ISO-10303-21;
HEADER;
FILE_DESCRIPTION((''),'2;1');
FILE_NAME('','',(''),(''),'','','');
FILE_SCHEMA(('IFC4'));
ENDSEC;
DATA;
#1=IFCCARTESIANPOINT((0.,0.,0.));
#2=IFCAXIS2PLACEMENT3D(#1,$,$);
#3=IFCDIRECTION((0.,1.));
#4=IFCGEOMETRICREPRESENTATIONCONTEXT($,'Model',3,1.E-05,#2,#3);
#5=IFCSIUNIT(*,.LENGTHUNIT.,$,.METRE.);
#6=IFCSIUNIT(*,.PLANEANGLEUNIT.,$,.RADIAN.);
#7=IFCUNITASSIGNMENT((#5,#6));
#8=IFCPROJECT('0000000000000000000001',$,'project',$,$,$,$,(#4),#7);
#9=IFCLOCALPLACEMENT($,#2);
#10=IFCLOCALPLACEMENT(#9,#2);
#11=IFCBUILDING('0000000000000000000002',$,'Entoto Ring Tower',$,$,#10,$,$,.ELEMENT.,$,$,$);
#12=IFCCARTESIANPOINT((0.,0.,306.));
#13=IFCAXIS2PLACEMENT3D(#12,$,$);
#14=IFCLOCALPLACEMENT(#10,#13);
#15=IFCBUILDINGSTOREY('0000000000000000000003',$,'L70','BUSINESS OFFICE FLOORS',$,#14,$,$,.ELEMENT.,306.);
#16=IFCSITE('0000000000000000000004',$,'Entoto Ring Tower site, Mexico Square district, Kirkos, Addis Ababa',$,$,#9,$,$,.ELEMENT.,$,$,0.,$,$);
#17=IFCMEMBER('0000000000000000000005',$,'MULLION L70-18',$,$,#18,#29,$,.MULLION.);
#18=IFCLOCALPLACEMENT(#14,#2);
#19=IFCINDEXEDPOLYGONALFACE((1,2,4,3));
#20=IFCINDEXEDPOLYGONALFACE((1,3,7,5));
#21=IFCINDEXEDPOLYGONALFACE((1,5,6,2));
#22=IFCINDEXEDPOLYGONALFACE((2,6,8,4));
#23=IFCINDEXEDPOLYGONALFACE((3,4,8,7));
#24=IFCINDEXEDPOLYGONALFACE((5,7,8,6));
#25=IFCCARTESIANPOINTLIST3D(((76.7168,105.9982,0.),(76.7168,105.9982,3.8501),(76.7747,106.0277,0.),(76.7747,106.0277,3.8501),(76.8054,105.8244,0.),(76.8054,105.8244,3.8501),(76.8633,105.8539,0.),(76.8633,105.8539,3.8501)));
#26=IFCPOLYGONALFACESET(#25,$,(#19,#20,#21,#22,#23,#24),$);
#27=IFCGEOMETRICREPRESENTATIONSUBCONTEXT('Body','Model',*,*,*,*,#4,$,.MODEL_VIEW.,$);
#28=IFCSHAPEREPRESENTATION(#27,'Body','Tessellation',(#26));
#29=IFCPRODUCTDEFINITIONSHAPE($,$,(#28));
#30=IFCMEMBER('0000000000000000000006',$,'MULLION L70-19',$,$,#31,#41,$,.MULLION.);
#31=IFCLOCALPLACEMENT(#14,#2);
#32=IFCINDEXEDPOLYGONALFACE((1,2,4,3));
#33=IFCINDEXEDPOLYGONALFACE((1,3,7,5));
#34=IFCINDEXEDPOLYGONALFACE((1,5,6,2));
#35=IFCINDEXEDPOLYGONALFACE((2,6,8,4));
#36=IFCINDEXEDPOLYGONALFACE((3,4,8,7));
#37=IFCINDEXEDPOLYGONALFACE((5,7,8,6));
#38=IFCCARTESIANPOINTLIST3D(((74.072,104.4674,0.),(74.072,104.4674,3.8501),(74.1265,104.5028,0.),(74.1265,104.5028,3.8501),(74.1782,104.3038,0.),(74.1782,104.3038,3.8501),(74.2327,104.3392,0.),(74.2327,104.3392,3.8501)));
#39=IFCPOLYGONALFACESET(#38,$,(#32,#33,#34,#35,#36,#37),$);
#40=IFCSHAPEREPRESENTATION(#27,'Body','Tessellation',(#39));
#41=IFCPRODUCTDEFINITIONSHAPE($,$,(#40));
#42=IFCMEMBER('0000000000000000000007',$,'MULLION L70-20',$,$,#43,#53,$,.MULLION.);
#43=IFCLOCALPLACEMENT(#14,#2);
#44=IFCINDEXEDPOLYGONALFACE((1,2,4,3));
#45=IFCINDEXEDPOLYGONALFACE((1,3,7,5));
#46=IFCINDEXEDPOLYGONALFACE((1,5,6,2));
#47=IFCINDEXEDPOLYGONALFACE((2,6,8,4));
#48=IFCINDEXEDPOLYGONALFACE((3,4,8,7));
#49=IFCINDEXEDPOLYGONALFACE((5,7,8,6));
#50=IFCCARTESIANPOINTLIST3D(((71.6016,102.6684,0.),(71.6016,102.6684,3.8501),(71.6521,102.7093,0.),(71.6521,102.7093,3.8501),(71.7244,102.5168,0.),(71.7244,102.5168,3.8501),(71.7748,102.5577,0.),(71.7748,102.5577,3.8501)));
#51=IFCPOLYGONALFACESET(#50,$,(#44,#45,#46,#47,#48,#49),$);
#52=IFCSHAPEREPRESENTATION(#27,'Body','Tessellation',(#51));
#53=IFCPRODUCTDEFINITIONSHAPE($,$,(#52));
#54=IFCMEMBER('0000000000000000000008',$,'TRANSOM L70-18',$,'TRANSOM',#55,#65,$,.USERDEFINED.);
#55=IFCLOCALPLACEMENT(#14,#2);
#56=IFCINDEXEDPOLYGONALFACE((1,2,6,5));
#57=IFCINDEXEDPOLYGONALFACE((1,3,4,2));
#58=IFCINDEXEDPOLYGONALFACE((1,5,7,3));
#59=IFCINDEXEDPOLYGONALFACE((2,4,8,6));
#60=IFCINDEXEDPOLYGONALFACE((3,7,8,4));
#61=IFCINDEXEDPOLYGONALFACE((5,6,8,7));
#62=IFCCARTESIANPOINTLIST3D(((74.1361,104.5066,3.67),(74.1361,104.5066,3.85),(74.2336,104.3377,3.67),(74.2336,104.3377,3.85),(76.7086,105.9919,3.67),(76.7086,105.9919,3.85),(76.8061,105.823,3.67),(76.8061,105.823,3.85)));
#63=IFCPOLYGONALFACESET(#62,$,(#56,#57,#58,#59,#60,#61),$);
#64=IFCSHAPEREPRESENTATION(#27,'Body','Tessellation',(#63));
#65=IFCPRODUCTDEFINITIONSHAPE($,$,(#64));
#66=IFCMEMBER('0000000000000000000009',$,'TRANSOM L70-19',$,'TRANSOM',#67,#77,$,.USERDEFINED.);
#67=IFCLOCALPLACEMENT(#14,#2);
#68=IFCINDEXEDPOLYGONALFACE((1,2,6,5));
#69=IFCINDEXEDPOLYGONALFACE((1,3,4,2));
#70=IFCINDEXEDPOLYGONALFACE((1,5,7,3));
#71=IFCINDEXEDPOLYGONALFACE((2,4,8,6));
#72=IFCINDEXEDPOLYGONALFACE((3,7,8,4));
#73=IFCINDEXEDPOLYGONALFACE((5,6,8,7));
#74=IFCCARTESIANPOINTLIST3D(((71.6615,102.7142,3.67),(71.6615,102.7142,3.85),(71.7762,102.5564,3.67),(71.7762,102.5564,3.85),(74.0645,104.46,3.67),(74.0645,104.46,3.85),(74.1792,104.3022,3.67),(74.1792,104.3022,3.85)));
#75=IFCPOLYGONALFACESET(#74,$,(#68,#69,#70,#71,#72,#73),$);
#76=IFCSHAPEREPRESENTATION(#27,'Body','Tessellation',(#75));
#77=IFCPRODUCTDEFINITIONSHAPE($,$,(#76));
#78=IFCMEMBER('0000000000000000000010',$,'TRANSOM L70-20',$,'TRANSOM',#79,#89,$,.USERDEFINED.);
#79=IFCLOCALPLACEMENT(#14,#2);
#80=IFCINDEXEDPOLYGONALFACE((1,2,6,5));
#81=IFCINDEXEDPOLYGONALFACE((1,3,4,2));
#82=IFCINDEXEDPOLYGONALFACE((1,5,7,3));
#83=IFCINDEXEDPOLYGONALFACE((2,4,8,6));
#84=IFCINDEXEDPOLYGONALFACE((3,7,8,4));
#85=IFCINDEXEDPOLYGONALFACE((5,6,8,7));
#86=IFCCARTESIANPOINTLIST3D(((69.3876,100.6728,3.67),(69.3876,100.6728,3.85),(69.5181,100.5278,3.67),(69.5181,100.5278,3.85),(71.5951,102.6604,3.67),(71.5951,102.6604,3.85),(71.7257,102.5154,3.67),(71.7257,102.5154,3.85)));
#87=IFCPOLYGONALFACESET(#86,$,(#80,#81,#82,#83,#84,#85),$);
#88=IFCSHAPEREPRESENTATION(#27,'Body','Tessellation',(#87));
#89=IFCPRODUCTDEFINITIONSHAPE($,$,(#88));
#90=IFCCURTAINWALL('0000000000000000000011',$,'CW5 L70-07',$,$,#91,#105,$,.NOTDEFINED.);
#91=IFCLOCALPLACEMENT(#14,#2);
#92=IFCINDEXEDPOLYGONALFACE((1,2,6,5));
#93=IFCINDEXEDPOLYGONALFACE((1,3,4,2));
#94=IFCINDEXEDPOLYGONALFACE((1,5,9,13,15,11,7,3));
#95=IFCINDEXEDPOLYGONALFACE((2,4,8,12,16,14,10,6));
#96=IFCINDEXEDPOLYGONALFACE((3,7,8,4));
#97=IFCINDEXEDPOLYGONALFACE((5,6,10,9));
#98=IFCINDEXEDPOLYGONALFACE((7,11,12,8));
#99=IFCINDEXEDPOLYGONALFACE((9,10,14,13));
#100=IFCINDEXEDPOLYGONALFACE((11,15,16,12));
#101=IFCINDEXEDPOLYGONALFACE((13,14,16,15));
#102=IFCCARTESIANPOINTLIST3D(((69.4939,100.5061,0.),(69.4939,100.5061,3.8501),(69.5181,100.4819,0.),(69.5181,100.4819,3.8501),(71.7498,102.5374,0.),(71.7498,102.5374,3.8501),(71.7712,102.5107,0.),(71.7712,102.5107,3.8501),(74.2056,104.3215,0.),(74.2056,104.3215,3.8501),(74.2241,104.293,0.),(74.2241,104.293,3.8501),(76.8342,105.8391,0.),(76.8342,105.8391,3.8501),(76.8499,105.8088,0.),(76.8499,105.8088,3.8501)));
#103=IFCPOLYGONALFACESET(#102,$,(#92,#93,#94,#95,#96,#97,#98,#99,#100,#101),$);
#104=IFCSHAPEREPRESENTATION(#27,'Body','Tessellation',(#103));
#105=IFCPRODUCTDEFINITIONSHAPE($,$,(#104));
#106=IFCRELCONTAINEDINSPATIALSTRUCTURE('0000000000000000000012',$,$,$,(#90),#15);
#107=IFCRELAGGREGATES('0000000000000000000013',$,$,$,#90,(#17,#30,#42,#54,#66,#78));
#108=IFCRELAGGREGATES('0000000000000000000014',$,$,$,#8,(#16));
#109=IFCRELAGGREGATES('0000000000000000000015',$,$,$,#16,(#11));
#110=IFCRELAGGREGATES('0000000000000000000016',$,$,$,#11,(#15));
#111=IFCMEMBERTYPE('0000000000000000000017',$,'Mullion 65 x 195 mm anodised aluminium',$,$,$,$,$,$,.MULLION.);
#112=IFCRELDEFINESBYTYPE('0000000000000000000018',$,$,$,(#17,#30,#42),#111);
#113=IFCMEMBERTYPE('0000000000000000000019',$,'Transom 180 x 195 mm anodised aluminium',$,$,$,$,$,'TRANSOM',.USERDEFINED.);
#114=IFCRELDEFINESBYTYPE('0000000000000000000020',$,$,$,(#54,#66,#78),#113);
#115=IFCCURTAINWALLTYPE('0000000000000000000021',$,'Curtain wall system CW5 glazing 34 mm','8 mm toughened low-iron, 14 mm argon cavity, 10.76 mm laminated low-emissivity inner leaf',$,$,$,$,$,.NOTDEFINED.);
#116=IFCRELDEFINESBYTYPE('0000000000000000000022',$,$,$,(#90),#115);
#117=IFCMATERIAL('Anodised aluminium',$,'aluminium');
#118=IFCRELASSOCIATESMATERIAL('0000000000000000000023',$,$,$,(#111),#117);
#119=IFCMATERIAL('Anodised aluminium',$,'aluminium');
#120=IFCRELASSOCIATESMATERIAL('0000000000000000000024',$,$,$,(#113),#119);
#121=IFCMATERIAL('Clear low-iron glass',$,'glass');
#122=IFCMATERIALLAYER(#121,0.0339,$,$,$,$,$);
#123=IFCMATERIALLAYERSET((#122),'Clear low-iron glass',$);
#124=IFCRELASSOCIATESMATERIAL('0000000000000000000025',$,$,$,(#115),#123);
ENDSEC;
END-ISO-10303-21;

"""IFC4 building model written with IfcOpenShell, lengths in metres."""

from ifc_helpers import new_model, si_unit, direction, frame, origin, origin_2d, place, context, subcontext, project, spatial, polyline, rectangle, outline, extrude, material, layer, layer_set, material_profile, profile_set, type_object, element, aggregate, save


model = new_model("IFC4")

# Units and contexts
model_context = context("Model", 3, precision=1e-05, world=origin(), true_north=direction((0.0, 1.0)))
body_context = subcontext(model_context, "Body", "Model", "MODEL_VIEW")
ifc_project = project(units=[si_unit("LENGTHUNIT", "METRE"), si_unit("PLANEANGLEUNIT", "RADIAN")], contexts=[model_context])

# Members
ifc_material_1 = material(Name="Anodised aluminium", Category="aluminium")
ifc_material_profile_1 = material_profile(ifc_material_1, rectangle(XDim=0.0649, YDim=0.1951, at=origin_2d()), Name="Mullion 65 x 195 mm anodised aluminium")
ifc_profile_set_1 = profile_set([ifc_material_profile_1], Name="Anodised aluminium")
member_type_1 = type_object("IfcMemberType", Name="Mullion 65 x 195 mm anodised aluminium", PredefinedType="MULLION", material=ifc_profile_set_1)
site_placement = place(None, origin())
building_placement = place(site_placement, origin())
storey_placement = place(building_placement, frame((0.0, 0.0, 306.0)))
member_1_placement = place(storey_placement, frame((76.79, 105.926, 0.0), z_axis=(0.0, 0.0, 1.0), x_axis=(-0.891007, -0.45399, 0.0)))
member_1 = element("IfcMember", 1, at=member_1_placement, type_object=member_type_1, Name="MULLION L70-18", PredefinedType="MULLION", context=body_context, shape_type="SweptSolid", body=[
    extrude(rectangle(XDim=0.0649, YDim=0.1951, at=origin_2d()), origin(), (0.0, 0.0, 1.0), 3.8501),
])
member_2_placement = place(storey_placement, frame((74.1523, 104.4033, 0.0), z_axis=(0.0, 0.0, 1.0), x_axis=(-0.838671, -0.544639, 0.0)))
member_2 = element("IfcMember", 2, at=member_2_placement, type_object=member_type_1, Name="MULLION L70-19", PredefinedType="MULLION", context=body_context, shape_type="SweptSolid", body=[
    extrude(rectangle(XDim=0.0649, YDim=0.1951, at=origin_2d()), origin(), (0.0, 0.0, 1.0), 3.8501),
])
member_3_placement = place(storey_placement, frame((71.6882, 102.613, 0.0), z_axis=(0.0, 0.0, 1.0), x_axis=(-0.777146, -0.62932, 0.0)))
member_3 = element("IfcMember", 3, at=member_3_placement, type_object=member_type_1, Name="MULLION L70-20", PredefinedType="MULLION", context=body_context, shape_type="SweptSolid", body=[
    extrude(rectangle(XDim=0.0649, YDim=0.1951, at=origin_2d()), origin(), (0.0, 0.0, 1.0), 3.8501),
])
ifc_material_2 = material(Name="Anodised aluminium", Category="aluminium")
ifc_material_profile_2 = material_profile(ifc_material_2, rectangle(XDim=0.1951, YDim=0.1799, at=origin_2d()), Name="Transom 180 x 195 mm anodised aluminium")
ifc_profile_set_2 = profile_set([ifc_material_profile_2], Name="Anodised aluminium")
member_type_2 = type_object("IfcMemberType", Name="Transom 180 x 195 mm anodised aluminium", ElementType="TRANSOM", PredefinedType="USERDEFINED", material=ifc_profile_set_2)
member_4_placement = place(storey_placement, frame((76.7573, 105.9075, 3.76), z_axis=(-0.866009, -0.500028, 0.0), x_axis=(0.500028, -0.866009, 0.0)))
member_4 = element("IfcMember", 4, at=member_4_placement, type_object=member_type_2, Name="TRANSOM L70-18", ObjectType="TRANSOM", PredefinedType="USERDEFINED", context=body_context, shape_type="SweptSolid", body=[
    extrude(rectangle(XDim=0.1951, YDim=0.1799, at=origin_2d()), origin(), (0.0, 0.0, 1.0), 2.9705),
])
member_5_placement = place(storey_placement, frame((74.1218, 104.3811, 3.76), z_axis=(-0.809031, -0.587766, 0.0), x_axis=(0.587766, -0.809031, 0.0)))
member_5 = element("IfcMember", 5, at=member_5_placement, type_object=member_type_2, Name="TRANSOM L70-19", ObjectType="TRANSOM", PredefinedType="USERDEFINED", context=body_context, shape_type="SweptSolid", body=[
    extrude(rectangle(XDim=0.1951, YDim=0.1799, at=origin_2d()), origin(), (0.0, 0.0, 1.0), 2.9702),
])
member_6_placement = place(storey_placement, frame((71.6604, 102.5879, 3.76), z_axis=(-0.743163, -0.66911, 0.0), x_axis=(0.66911, -0.743163, 0.0)))
member_6 = element("IfcMember", 6, at=member_6_placement, type_object=member_type_2, Name="TRANSOM L70-20", ObjectType="TRANSOM", PredefinedType="USERDEFINED", context=body_context, shape_type="SweptSolid", body=[
    extrude(rectangle(XDim=0.1951, YDim=0.1799, at=origin_2d()), origin(), (0.0, 0.0, 1.0), 2.9705),
])

# Site, building, storey
site = spatial("IfcSite", under=ifc_project, at=site_placement, Name="Entoto Ring Tower site, Mexico Square district, Kirkos, Addis Ababa", CompositionType="ELEMENT", RefElevation=0.0)
building = spatial("IfcBuilding", under=site, at=building_placement, Name="Entoto Ring Tower", CompositionType="ELEMENT")
storey = spatial("IfcBuildingStorey", under=building, at=storey_placement, Name="L70", Description="BUSINESS OFFICE FLOORS", CompositionType="ELEMENT", Elevation=306.0)

# Curtain wall
ifc_material_3 = material(Name="Clear low-iron glass", Category="glass")
ifc_layer = layer(ifc_material_3, 0.0339)
ifc_layer_set = layer_set([ifc_layer], Name="Clear low-iron glass")
curtain_wall_type = type_object("IfcCurtainWallType", Name="Curtain wall system CW5 glazing 34 mm", Description="8 mm toughened low-iron, 14 mm argon cavity, 10.76 mm laminated low-emissivity inner leaf", PredefinedType="NOTDEFINED", material=ifc_layer_set)
curtain_wall_1_placement = place(storey_placement, origin())
curtain_wall_1 = element("IfcCurtainWall", 7, at=curtain_wall_1_placement, inside=storey, type_object=curtain_wall_type, Name="CW5 L70-07", PredefinedType="NOTDEFINED", context=body_context, shape_type="SweptSolid", body=[
    extrude(outline(polyline([(76.8342, 105.8391), (74.2056, 104.3215), (71.7498, 102.5374), (69.4939, 100.5061), (69.5181, 100.4819), (71.7712, 102.5107), (74.2241, 104.293), (76.8499, 105.8088), (76.8342, 105.8391)])), origin(), (0.0, 0.0, 1.0), 3.8501),
])
aggregate(curtain_wall_1, [member_1, member_2, member_3, member_4, member_5, member_6])

save(model, "model.ifc")
